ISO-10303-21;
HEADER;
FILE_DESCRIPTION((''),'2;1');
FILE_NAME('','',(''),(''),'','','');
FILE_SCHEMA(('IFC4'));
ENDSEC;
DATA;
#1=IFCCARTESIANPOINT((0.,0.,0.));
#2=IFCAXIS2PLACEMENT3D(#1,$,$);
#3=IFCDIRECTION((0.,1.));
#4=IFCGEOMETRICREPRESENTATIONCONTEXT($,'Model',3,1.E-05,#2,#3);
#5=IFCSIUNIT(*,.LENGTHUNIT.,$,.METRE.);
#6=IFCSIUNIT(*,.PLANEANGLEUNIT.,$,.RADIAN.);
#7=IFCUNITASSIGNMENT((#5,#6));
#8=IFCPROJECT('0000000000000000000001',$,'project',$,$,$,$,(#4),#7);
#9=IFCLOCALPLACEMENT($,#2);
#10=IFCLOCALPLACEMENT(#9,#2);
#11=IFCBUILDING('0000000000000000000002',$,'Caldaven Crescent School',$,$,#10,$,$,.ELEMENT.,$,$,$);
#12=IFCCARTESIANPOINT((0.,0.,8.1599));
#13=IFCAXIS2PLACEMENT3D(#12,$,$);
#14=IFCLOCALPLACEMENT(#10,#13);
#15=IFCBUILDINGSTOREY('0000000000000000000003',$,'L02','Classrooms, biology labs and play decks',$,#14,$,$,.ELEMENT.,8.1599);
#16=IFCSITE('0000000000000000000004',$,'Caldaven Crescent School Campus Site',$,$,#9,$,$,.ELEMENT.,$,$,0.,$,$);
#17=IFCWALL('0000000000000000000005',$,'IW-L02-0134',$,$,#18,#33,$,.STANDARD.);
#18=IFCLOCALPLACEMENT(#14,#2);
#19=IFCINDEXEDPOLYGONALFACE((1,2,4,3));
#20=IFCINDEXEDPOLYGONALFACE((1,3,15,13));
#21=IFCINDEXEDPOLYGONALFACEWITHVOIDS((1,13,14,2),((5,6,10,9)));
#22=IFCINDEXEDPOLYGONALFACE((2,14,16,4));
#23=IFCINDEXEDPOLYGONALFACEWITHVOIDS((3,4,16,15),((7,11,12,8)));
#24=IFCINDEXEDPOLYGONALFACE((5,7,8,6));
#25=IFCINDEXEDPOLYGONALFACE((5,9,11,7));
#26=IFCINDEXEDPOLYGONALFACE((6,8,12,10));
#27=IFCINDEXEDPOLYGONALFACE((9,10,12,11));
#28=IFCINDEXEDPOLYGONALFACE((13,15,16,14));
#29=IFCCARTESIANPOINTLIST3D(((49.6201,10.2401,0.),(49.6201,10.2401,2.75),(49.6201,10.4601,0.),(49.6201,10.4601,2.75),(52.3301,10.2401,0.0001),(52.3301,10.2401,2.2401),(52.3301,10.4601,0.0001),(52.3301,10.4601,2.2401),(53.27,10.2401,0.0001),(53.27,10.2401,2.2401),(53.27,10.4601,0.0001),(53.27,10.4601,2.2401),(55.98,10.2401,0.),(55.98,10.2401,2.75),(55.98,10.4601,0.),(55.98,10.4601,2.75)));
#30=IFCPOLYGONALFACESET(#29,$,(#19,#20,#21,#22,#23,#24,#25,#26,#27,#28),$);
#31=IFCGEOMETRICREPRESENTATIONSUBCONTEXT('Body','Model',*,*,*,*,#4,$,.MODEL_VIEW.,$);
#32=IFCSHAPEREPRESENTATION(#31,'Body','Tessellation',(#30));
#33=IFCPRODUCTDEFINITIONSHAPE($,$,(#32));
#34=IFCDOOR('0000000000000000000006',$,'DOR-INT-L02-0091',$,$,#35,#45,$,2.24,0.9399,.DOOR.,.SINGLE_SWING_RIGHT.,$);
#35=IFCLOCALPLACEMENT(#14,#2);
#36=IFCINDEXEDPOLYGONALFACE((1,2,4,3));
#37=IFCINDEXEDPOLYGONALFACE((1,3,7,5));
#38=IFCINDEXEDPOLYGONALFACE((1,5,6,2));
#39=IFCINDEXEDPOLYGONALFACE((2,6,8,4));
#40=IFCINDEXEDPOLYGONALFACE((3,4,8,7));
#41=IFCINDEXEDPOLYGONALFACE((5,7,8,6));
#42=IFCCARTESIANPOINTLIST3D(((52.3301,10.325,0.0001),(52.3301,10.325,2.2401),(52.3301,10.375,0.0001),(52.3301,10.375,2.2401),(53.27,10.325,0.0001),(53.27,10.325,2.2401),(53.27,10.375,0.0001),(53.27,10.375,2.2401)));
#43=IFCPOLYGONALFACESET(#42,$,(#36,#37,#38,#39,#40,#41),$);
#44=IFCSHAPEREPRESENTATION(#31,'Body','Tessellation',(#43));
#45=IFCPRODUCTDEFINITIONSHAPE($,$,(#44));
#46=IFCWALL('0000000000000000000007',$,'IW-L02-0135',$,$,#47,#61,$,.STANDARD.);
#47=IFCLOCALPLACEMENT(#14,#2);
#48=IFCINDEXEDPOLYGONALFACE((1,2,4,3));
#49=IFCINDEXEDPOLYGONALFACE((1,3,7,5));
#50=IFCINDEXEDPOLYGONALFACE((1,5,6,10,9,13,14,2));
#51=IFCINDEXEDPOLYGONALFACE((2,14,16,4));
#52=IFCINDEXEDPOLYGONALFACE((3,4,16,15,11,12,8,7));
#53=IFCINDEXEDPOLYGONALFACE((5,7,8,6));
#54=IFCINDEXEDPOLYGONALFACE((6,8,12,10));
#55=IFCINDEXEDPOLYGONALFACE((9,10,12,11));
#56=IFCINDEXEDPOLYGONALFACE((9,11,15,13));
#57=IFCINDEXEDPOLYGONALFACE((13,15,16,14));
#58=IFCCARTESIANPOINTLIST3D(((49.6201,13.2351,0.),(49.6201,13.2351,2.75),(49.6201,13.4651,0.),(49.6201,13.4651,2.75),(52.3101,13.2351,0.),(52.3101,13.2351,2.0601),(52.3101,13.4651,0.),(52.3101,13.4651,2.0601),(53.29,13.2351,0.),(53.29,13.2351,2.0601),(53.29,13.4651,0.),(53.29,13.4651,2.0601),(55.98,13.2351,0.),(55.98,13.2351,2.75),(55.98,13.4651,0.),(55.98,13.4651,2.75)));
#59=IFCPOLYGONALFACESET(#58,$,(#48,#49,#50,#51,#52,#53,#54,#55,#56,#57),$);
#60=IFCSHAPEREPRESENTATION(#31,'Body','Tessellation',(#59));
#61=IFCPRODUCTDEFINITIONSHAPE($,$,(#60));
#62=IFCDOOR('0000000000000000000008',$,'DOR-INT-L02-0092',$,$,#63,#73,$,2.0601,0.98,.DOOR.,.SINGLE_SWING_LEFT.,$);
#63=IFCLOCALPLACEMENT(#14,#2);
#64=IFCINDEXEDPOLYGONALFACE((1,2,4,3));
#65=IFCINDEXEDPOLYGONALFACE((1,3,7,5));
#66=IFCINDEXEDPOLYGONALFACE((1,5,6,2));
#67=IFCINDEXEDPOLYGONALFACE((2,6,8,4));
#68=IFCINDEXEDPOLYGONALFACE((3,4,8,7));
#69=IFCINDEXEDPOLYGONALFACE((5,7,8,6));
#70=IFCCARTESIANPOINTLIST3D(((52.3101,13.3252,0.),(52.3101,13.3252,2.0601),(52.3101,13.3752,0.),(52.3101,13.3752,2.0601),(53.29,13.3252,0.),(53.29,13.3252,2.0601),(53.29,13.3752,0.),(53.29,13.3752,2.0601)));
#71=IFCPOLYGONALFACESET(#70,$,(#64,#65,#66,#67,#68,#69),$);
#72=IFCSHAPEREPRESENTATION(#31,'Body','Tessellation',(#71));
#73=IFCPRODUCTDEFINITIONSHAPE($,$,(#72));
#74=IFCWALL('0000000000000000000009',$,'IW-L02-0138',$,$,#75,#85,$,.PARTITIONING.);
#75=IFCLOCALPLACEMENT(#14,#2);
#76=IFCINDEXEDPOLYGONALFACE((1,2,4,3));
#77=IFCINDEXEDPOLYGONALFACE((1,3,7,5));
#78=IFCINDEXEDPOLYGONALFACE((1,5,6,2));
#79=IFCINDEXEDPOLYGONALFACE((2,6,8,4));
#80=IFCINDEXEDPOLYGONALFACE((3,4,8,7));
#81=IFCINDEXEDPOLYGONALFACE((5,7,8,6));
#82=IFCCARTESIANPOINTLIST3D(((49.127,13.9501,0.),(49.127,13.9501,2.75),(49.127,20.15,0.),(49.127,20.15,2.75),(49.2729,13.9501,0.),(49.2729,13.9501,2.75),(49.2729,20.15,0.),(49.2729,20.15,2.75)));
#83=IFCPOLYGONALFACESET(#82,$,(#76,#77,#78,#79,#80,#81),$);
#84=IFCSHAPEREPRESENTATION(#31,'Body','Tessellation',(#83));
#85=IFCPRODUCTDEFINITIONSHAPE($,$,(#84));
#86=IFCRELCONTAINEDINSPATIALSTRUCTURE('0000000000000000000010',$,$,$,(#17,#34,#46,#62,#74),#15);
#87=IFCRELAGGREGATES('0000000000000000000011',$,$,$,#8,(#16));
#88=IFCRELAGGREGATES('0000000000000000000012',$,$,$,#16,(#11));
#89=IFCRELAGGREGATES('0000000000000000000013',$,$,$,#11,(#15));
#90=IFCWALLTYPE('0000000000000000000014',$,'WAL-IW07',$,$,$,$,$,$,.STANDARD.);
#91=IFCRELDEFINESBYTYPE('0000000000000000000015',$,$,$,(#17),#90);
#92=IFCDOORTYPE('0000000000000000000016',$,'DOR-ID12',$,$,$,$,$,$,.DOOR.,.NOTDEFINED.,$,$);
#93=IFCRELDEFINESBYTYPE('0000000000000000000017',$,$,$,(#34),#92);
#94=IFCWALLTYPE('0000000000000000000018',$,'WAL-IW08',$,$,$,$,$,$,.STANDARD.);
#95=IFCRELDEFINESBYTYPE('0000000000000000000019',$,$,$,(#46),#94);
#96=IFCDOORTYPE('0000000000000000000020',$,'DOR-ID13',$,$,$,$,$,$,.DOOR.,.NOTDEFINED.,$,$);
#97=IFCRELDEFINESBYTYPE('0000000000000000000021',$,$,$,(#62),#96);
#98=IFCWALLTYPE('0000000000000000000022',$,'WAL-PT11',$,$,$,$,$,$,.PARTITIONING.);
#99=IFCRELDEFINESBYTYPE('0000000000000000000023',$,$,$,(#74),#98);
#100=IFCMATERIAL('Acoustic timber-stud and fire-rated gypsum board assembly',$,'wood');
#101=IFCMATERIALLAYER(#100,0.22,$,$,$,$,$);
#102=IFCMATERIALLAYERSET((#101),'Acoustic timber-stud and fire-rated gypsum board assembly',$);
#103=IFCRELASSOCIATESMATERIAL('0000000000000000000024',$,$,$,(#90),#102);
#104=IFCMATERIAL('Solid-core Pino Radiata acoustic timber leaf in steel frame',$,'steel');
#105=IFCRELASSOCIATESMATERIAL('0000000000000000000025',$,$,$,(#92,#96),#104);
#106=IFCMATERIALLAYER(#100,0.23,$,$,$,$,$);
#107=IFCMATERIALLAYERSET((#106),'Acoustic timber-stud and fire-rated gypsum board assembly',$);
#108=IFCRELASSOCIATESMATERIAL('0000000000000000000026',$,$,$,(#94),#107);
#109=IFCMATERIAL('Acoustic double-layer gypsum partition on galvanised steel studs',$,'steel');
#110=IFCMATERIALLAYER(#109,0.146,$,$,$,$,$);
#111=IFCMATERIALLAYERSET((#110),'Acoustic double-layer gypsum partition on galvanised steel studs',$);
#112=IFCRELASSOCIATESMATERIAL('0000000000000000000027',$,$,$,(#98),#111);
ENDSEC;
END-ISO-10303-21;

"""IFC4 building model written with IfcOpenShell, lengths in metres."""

from ifc_helpers import new_model, si_unit, direction, frame, frame_2d, origin, place, context, subcontext, project, spatial, rectangle, extrude, material, layer, layer_set, type_object, element, fill, save


model = new_model("IFC4")

# Units and contexts
model_context = context("Model", 3, precision=1e-05, world=origin(), true_north=direction((0.0, 1.0)))
body_context = subcontext(model_context, "Body", "Model", "MODEL_VIEW")
ifc_project = project(units=[si_unit("LENGTHUNIT", "METRE"), si_unit("PLANEANGLEUNIT", "RADIAN")], contexts=[model_context])

# Site, building, storey
site_placement = place(None, origin())
site = spatial("IfcSite", under=ifc_project, at=site_placement, Name="Caldaven Crescent School Campus Site", CompositionType="ELEMENT", RefElevation=0.0)
building_placement = place(site_placement, origin())
building = spatial("IfcBuilding", under=site, at=building_placement, Name="Caldaven Crescent School", CompositionType="ELEMENT")
storey_placement = place(building_placement, frame((0.0, 0.0, 8.1599)))
storey = spatial("IfcBuildingStorey", under=building, at=storey_placement, Name="L02", Description="Classrooms, biology labs and play decks", CompositionType="ELEMENT", Elevation=8.1599)

# Walls, openings, doors
ifc_material_1 = material(Name="Acoustic timber-stud and fire-rated gypsum board assembly", Category="wood")
ifc_layer_1 = layer(ifc_material_1, 0.22)
ifc_layer_set_1 = layer_set([ifc_layer_1], Name="Acoustic timber-stud and fire-rated gypsum board assembly")
wall_type_1 = type_object("IfcWallType", Name="WAL-IW07", PredefinedType="STANDARD", material=ifc_layer_set_1)
wall_1_placement = place(storey_placement, frame((49.6201, 10.3501, 0.0), z_axis=(0.0, 0.0, 1.0), x_axis=(1.0, 0.0, 0.0)))
wall_1 = element("IfcWall", 1, at=wall_1_placement, inside=storey, type_object=wall_type_1, Name="IW-L02-0134", PredefinedType="STANDARD", context=body_context, shape_type="SweptSolid", body=[
    extrude(rectangle(XDim=6.3599, YDim=0.22, at=frame_2d((3.1799, 0.0))), origin(), (0.0, 0.0, 1.0), 2.75),
])
opening_1_placement = place(wall_1_placement, frame((2.71, 0.0, 0.0)))
opening_1 = element("IfcOpeningElement", 2, at=opening_1_placement, cuts=wall_1, PredefinedType="OPENING", context=body_context, shape_type="SweptSolid", body=[
    extrude(rectangle(XDim=0.9399, YDim=2.24, at=frame_2d((0.47, 1.1201))), frame((0.0, 0.1199, 0.0), z_axis=(0.0, -1.0, 0.0), x_axis=(1.0, 0.0, 0.0)), (0.0, 0.0, 1.0), 0.24),
])
ifc_material_2 = material(Name="Solid-core Pino Radiata acoustic timber leaf in steel frame", Category="steel")
door_type_1 = type_object("IfcDoorType", Name="DOR-ID12", OperationType="NOTDEFINED", PredefinedType="DOOR", material=ifc_material_2)
door_1_placement = place(opening_1_placement, origin())
door_1 = element("IfcDoor", 3, at=door_1_placement, inside=storey, type_object=door_type_1, Name="DOR-INT-L02-0091", OperationType="SINGLE_SWING_RIGHT", OverallHeight=2.24, OverallWidth=0.9399, PredefinedType="DOOR", context=body_context, shape_type="SweptSolid", body=[
    extrude(rectangle(XDim=0.9399, YDim=2.24, at=frame_2d((0.47, 1.1201))), frame((0.0, 0.0249, 0.0), z_axis=(0.0, -1.0, 0.0), x_axis=(1.0, 0.0, 0.0)), (0.0, 0.0, 1.0), 0.05),
])
fill(opening_1, door_1)
ifc_layer_2 = layer(ifc_material_1, 0.23)
ifc_layer_set_2 = layer_set([ifc_layer_2], Name="Acoustic timber-stud and fire-rated gypsum board assembly")
wall_type_2 = type_object("IfcWallType", Name="WAL-IW08", PredefinedType="STANDARD", material=ifc_layer_set_2)
wall_2_placement = place(storey_placement, frame((49.6201, 13.3501, 0.0), z_axis=(0.0, 0.0, 1.0), x_axis=(1.0, 0.0, 0.0)))
wall_2 = element("IfcWall", 4, at=wall_2_placement, inside=storey, type_object=wall_type_2, Name="IW-L02-0135", PredefinedType="STANDARD", context=body_context, shape_type="SweptSolid", body=[
    extrude(rectangle(XDim=6.3599, YDim=0.23, at=frame_2d((3.1799, 0.0))), origin(), (0.0, 0.0, 1.0), 2.75),
])
opening_2_placement = place(wall_2_placement, frame((2.6899, 0.0, 0.0)))
opening_2 = element("IfcOpeningElement", 5, at=opening_2_placement, cuts=wall_2, PredefinedType="OPENING", context=body_context, shape_type="SweptSolid", body=[
    extrude(rectangle(XDim=0.98, YDim=2.0601, at=frame_2d((0.49, 1.03))), frame((0.0, 0.125, 0.0), z_axis=(0.0, -1.0, 0.0), x_axis=(1.0, 0.0, 0.0)), (0.0, 0.0, 1.0), 0.25),
])
door_type_2 = type_object("IfcDoorType", Name="DOR-ID13", OperationType="NOTDEFINED", PredefinedType="DOOR", material=ifc_material_2)
door_2_placement = place(opening_2_placement, frame((0.98, 0.0, 0.0), z_axis=(0.0, 0.0, 1.0), x_axis=(-1.0, 0.0, 0.0)))
door_2 = element("IfcDoor", 6, at=door_2_placement, inside=storey, type_object=door_type_2, Name="DOR-INT-L02-0092", OperationType="SINGLE_SWING_LEFT", OverallHeight=2.0601, OverallWidth=0.98, PredefinedType="DOOR", context=body_context, shape_type="SweptSolid", body=[
    extrude(rectangle(XDim=0.98, YDim=2.0601, at=frame_2d((0.49, 1.03))), frame((0.0, 0.0249, 0.0), z_axis=(0.0, -1.0, 0.0), x_axis=(1.0, 0.0, 0.0)), (0.0, 0.0, 1.0), 0.05),
])
fill(opening_2, door_2)

# Wall
ifc_material_3 = material(Name="Acoustic double-layer gypsum partition on galvanised steel studs", Category="steel")
ifc_layer_3 = layer(ifc_material_3, 0.146)
ifc_layer_set_3 = layer_set([ifc_layer_3], Name="Acoustic double-layer gypsum partition on galvanised steel studs")
wall_type_3 = type_object("IfcWallType", Name="WAL-PT11", PredefinedType="PARTITIONING", material=ifc_layer_set_3)
wall_3_placement = place(storey_placement, frame((49.2, 13.95, 0.0), z_axis=(0.0, 0.0, 1.0), x_axis=(0.0, 1.0, 0.0)))
element("IfcWall", 7, at=wall_3_placement, inside=storey, type_object=wall_type_3, Name="IW-L02-0138", PredefinedType="PARTITIONING", context=body_context, shape_type="SweptSolid", body=[
    extrude(rectangle(XDim=6.2, YDim=0.146, at=frame_2d((3.1001, 0.0))), origin(), (0.0, 0.0, 1.0), 2.75),
])

save(model, "model.ifc")
